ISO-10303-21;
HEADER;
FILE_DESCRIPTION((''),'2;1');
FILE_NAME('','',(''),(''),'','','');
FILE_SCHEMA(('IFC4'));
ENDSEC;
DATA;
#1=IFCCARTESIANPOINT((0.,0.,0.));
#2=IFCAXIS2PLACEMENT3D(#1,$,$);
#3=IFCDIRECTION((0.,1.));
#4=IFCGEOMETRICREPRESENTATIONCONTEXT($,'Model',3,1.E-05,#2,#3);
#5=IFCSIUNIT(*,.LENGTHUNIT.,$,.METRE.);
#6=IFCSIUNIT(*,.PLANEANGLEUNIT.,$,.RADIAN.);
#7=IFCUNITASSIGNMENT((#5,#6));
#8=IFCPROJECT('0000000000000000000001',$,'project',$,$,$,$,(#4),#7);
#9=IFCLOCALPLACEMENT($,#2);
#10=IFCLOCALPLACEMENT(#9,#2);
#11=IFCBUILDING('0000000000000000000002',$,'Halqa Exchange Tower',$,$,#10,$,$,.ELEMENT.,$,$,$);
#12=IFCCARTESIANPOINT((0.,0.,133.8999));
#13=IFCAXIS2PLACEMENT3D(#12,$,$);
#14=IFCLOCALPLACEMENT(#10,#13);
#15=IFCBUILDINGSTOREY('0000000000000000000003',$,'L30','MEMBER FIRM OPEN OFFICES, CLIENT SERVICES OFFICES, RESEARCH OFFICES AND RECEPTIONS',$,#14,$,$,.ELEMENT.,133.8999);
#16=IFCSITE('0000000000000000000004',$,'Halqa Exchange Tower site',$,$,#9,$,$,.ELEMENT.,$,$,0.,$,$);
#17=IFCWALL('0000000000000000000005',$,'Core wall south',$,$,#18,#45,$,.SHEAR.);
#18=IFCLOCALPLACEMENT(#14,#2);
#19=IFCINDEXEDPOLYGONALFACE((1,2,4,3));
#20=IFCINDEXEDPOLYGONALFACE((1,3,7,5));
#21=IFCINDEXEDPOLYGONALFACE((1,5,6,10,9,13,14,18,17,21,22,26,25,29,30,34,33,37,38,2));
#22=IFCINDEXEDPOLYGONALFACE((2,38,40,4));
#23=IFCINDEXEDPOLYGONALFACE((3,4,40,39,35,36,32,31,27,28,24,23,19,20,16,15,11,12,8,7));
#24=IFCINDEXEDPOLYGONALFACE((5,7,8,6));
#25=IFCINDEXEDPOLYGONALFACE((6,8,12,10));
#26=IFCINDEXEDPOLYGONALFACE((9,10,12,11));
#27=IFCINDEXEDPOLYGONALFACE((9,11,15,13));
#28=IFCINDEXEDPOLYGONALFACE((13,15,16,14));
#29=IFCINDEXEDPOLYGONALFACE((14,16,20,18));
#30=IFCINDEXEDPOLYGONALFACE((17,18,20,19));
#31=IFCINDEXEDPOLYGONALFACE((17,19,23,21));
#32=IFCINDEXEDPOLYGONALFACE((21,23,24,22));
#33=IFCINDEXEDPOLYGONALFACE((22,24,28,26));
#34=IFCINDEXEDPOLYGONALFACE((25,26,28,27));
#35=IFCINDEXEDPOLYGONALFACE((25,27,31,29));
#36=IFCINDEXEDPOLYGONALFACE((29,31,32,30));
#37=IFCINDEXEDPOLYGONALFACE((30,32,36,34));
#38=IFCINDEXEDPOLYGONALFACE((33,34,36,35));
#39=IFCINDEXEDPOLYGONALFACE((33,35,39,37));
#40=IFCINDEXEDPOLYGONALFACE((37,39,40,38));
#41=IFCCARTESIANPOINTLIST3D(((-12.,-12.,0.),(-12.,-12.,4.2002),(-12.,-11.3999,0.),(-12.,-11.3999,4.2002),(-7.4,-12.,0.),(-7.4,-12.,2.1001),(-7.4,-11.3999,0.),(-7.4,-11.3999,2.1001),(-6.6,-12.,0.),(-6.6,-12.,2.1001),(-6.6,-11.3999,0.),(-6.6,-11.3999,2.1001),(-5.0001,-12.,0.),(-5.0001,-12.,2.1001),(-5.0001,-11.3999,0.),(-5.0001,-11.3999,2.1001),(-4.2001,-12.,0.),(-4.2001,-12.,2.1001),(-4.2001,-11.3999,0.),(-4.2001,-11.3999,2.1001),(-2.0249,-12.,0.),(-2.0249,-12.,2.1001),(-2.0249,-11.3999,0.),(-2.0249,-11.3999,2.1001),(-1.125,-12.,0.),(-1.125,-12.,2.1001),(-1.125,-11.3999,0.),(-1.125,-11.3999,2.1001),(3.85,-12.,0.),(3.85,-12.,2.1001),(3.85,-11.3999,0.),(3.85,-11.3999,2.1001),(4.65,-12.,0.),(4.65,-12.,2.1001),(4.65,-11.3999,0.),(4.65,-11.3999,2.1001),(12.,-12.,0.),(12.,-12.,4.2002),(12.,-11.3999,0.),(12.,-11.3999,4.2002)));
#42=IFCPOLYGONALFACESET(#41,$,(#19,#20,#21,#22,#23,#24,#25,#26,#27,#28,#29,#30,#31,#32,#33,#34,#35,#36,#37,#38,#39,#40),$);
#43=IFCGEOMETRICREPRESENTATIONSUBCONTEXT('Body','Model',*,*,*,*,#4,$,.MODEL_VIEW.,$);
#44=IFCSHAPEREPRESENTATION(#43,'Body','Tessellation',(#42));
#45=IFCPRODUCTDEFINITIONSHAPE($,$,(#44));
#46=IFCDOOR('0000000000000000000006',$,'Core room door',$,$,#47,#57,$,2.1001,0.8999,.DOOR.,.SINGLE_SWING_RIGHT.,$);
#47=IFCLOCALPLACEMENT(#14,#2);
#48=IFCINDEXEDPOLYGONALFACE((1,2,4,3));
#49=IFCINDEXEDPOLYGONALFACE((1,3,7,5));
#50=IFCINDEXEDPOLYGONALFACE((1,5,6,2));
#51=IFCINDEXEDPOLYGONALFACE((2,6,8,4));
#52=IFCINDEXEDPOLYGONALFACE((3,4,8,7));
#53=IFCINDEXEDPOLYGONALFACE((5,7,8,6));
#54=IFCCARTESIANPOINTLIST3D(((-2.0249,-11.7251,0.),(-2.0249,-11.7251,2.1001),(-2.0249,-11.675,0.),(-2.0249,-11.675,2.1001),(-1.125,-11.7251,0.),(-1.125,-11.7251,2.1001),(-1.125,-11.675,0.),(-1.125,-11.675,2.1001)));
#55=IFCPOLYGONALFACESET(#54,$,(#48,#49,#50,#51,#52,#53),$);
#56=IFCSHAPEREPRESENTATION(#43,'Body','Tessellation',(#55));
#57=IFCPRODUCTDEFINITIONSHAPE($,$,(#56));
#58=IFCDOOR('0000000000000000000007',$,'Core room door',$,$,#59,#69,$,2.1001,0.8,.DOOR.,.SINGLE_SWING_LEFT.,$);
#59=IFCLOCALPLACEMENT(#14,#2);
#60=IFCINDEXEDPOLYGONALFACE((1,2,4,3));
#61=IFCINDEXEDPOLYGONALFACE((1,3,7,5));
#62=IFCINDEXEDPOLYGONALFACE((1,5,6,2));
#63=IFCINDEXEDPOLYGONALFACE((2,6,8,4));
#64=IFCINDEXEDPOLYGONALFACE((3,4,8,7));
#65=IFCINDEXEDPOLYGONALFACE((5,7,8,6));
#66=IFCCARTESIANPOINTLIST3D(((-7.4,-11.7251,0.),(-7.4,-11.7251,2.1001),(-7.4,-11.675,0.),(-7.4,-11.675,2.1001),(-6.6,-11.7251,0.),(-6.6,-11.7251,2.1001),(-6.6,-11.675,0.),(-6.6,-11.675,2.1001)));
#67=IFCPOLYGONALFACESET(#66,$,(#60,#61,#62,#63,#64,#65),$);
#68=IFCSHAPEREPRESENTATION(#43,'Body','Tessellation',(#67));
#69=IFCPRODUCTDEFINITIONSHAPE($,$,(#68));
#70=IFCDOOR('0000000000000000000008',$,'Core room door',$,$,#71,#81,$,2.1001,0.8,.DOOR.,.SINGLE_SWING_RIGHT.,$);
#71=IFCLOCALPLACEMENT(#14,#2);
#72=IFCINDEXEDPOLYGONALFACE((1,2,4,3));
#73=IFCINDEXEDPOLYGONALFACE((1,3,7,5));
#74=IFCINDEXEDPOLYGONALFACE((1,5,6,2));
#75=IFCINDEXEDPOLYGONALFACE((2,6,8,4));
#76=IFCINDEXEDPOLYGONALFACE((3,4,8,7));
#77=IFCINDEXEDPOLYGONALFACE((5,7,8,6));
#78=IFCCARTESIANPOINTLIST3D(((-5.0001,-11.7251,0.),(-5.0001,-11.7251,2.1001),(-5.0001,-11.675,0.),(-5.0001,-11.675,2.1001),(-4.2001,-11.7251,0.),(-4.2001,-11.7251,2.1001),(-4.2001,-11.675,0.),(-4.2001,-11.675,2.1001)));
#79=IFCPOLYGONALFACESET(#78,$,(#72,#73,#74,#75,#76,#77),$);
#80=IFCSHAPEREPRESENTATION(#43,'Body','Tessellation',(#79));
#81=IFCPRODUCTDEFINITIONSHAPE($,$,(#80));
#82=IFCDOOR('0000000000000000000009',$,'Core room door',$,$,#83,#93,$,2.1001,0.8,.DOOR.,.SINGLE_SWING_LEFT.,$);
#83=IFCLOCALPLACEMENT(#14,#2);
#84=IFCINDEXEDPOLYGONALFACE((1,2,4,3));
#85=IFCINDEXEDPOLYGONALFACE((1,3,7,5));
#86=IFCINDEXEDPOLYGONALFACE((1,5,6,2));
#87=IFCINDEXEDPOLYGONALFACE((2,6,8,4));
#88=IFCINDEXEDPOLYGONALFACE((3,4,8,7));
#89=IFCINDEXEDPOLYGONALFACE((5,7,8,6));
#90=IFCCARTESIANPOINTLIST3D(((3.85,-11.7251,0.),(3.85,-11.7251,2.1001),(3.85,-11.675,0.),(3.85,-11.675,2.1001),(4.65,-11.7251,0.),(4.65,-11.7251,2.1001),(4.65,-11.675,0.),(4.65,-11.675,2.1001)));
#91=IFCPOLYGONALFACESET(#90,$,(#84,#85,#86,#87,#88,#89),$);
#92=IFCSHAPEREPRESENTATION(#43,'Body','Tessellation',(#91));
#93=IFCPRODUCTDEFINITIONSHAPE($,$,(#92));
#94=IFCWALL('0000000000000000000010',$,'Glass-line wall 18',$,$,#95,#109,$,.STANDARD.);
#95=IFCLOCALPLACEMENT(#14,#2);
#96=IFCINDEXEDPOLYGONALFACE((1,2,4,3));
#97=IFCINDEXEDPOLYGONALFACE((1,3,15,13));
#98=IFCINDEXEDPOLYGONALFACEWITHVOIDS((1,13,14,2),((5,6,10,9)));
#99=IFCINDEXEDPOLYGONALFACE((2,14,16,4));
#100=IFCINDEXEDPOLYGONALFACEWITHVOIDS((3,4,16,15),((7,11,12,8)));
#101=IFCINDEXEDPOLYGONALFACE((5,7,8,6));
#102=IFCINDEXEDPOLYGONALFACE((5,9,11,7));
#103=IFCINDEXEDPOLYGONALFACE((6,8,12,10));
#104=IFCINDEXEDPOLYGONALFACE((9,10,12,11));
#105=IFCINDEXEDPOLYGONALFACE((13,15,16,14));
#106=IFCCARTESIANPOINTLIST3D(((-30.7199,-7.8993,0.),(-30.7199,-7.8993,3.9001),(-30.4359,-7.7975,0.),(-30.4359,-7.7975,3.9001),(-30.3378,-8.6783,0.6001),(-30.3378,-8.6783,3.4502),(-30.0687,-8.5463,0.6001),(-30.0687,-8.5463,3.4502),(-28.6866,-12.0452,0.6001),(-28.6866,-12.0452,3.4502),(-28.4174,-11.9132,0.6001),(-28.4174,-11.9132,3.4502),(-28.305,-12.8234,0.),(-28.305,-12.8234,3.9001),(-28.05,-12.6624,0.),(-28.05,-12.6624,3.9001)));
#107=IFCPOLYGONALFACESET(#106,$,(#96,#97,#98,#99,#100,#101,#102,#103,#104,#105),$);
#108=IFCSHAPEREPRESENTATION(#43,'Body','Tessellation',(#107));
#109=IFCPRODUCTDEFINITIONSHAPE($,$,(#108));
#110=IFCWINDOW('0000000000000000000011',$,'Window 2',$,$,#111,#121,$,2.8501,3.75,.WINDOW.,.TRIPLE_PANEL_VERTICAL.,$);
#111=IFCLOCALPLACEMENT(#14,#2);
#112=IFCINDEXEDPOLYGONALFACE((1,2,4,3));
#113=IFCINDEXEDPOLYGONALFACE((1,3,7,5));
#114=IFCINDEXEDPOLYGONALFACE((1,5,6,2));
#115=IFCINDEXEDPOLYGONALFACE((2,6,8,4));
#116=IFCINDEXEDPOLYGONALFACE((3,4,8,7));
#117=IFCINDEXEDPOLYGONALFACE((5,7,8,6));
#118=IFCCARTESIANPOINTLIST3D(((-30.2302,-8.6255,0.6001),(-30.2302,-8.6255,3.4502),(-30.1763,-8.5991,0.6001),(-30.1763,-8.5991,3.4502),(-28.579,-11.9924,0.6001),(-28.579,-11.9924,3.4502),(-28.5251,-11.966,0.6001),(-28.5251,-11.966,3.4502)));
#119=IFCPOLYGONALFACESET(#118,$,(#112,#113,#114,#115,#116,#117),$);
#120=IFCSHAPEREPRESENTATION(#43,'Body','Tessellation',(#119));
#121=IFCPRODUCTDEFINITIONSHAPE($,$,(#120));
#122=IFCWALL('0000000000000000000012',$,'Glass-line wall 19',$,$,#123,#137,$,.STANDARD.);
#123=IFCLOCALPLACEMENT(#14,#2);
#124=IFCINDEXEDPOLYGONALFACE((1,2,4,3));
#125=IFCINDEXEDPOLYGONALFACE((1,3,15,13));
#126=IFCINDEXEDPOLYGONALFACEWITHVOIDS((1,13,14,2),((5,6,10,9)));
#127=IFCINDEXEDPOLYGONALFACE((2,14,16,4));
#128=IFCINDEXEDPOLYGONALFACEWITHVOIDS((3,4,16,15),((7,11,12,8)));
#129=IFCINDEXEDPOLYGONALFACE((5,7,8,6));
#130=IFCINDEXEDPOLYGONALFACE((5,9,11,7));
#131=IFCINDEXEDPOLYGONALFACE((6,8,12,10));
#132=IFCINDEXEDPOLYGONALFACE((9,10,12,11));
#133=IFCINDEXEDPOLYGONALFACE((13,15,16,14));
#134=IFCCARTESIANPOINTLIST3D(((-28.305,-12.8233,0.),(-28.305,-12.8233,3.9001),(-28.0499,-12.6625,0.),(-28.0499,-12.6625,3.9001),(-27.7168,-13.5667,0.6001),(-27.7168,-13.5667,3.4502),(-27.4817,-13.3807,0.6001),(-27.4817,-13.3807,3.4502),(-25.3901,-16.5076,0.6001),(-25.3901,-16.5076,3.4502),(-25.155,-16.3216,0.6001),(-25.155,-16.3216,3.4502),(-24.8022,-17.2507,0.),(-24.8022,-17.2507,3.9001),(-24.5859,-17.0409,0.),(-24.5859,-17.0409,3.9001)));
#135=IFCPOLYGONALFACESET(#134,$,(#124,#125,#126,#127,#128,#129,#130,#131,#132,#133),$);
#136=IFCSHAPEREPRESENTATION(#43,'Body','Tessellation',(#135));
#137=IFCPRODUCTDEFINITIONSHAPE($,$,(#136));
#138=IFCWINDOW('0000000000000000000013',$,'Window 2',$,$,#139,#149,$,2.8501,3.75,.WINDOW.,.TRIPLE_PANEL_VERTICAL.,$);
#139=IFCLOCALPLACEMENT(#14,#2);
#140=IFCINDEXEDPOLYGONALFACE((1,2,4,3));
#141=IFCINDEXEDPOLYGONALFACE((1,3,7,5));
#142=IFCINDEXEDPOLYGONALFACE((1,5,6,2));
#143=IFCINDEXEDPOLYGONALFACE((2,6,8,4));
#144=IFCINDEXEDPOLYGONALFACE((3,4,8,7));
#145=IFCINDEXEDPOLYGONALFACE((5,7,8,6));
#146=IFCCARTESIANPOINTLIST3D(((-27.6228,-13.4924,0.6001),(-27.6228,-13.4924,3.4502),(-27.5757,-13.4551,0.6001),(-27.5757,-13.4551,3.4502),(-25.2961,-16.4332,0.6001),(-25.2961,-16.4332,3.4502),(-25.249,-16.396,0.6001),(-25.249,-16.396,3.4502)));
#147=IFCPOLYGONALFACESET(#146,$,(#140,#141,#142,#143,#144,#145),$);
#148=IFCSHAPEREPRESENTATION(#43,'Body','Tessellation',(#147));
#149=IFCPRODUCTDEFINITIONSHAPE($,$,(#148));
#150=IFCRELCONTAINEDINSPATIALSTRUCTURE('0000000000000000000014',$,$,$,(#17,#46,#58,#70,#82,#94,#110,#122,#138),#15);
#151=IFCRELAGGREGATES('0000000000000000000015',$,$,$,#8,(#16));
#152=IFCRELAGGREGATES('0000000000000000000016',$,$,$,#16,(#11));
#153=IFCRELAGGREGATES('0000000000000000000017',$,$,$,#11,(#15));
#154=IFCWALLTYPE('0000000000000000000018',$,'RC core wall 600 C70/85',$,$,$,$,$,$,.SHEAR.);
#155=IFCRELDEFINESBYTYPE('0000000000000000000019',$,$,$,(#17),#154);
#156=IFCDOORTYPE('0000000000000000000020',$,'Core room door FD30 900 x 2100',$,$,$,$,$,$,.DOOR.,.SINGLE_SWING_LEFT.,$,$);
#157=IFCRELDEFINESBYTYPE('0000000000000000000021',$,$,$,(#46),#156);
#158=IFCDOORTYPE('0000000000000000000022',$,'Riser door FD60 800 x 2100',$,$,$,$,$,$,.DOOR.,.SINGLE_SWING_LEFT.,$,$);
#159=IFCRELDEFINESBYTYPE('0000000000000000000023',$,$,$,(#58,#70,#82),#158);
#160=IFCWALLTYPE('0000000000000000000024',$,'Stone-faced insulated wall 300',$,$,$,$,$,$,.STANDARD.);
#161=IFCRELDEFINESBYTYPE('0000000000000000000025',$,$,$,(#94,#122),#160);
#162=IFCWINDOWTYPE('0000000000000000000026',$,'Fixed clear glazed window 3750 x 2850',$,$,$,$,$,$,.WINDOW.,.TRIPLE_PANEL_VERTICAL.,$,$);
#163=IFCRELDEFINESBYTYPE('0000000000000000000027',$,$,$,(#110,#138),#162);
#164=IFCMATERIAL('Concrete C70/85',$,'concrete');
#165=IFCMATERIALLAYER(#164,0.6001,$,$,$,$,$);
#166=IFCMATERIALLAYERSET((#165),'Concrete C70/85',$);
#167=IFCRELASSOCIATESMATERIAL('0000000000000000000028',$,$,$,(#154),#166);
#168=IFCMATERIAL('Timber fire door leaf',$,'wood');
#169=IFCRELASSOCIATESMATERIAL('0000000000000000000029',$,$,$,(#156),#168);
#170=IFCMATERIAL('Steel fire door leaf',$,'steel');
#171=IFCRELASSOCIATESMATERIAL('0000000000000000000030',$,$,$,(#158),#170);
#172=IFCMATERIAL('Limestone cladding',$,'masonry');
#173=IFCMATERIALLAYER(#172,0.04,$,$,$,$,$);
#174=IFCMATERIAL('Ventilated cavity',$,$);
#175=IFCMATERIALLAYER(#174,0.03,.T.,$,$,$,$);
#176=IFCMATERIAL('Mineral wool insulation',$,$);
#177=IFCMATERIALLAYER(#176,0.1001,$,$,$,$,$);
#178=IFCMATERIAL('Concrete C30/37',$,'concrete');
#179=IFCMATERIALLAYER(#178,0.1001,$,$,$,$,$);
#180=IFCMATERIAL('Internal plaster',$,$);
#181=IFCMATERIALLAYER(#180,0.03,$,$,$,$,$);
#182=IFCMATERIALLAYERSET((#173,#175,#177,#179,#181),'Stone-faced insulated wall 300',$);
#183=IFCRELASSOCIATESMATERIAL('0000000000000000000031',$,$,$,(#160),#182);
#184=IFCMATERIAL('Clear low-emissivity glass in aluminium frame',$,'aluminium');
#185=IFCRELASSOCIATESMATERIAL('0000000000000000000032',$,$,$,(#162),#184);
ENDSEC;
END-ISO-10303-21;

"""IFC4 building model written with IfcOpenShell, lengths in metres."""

from ifc_helpers import new_model, si_unit, direction, frame, frame_2d, origin, place, context, subcontext, project, spatial, polyline, rectangle, outline, extrude, material, layer, layer_set, type_object, element, fill, save


model = new_model("IFC4")

# Units and contexts
model_context = context("Model", 3, precision=1e-05, world=origin(), true_north=direction((0.0, 1.0)))
body_context = subcontext(model_context, "Body", "Model", "MODEL_VIEW")
ifc_project = project(units=[si_unit("LENGTHUNIT", "METRE"), si_unit("PLANEANGLEUNIT", "RADIAN")], contexts=[model_context])

# Site, building, storey
site_placement = place(None, origin())
site = spatial("IfcSite", under=ifc_project, at=site_placement, Name="Halqa Exchange Tower site", CompositionType="ELEMENT", RefElevation=0.0)
building_placement = place(site_placement, origin())
building = spatial("IfcBuilding", under=site, at=building_placement, Name="Halqa Exchange Tower", CompositionType="ELEMENT")
storey_placement = place(building_placement, frame((0.0, 0.0, 133.8999)))
storey = spatial("IfcBuildingStorey", under=building, at=storey_placement, Name="L30", Description="MEMBER FIRM OPEN OFFICES, CLIENT SERVICES OFFICES, RESEARCH OFFICES AND RECEPTIONS", CompositionType="ELEMENT", Elevation=133.8999)

# Shared definitions
ifc_material_1 = material(Name="Concrete C70/85", Category="concrete")

# Shared definitions
ifc_material_2 = material(Name="Steel fire door leaf", Category="steel")

# Wall, openings, doors
ifc_layer_1 = layer(ifc_material_1, 0.6001)
ifc_layer_set_1 = layer_set([ifc_layer_1], Name="Concrete C70/85")
wall_type_1 = type_object("IfcWallType", Name="RC core wall 600 C70/85", PredefinedType="SHEAR", material=ifc_layer_set_1)
wall_1_placement = place(storey_placement, frame((-12.0, -11.7, 0.0), z_axis=(0.0, 0.0, 1.0), x_axis=(1.0, 0.0, 0.0)))
wall_1 = element("IfcWall", 1, at=wall_1_placement, inside=storey, type_object=wall_type_1, Name="Core wall south", PredefinedType="SHEAR", context=body_context, shape_type="SweptSolid", body=[
    extrude(rectangle(XDim=24.0, YDim=0.6001, at=frame_2d((12.0, 0.0))), origin(), (0.0, 0.0, 1.0), 4.2002),
])
opening_1_placement = place(wall_1_placement, frame((9.9751, 0.0, 0.0)))
opening_1 = element("IfcOpeningElement", 2, at=opening_1_placement, cuts=wall_1, PredefinedType="OPENING", context=body_context, shape_type="SweptSolid", body=[
    extrude(rectangle(XDim=0.8999, YDim=2.1001, at=frame_2d((0.45, 1.05))), frame((0.0, 0.312, 0.0), z_axis=(0.0, -1.0, 0.0), x_axis=(1.0, 0.0, 0.0)), (0.0, 0.0, 1.0), 0.624),
])
opening_2_placement = place(wall_1_placement, frame((4.6001, 0.0, 0.0)))
opening_2 = element("IfcOpeningElement", 3, at=opening_2_placement, cuts=wall_1, PredefinedType="OPENING", context=body_context, shape_type="SweptSolid", body=[
    extrude(rectangle(XDim=0.8, YDim=2.1001, at=frame_2d((0.3999, 1.05))), frame((0.0, 0.312, 0.0), z_axis=(0.0, -1.0, 0.0), x_axis=(1.0, 0.0, 0.0)), (0.0, 0.0, 1.0), 0.624),
])
opening_3_placement = place(wall_1_placement, frame((7.0, 0.0, 0.0)))
opening_3 = element("IfcOpeningElement", 4, at=opening_3_placement, cuts=wall_1, PredefinedType="OPENING", context=body_context, shape_type="SweptSolid", body=[
    extrude(rectangle(XDim=0.8, YDim=2.1001, at=frame_2d((0.3999, 1.05))), frame((0.0, 0.312, 0.0), z_axis=(0.0, -1.0, 0.0), x_axis=(1.0, 0.0, 0.0)), (0.0, 0.0, 1.0), 0.624),
])
opening_4_placement = place(wall_1_placement, frame((15.8501, 0.0, 0.0)))
opening_4 = element("IfcOpeningElement", 5, at=opening_4_placement, cuts=wall_1, PredefinedType="OPENING", context=body_context, shape_type="SweptSolid", body=[
    extrude(rectangle(XDim=0.8, YDim=2.1001, at=frame_2d((0.3999, 1.05))), frame((0.0, 0.312, 0.0), z_axis=(0.0, -1.0, 0.0), x_axis=(1.0, 0.0, 0.0)), (0.0, 0.0, 1.0), 0.624),
])
ifc_material_3 = material(Name="Timber fire door leaf", Category="wood")
door_type_1 = type_object("IfcDoorType", Name="Core room door FD30 900 x 2100", OperationType="SINGLE_SWING_LEFT", PredefinedType="DOOR", material=ifc_material_3)
door_1_placement = place(opening_1_placement, origin())
door_1 = element("IfcDoor", 6, at=door_1_placement, inside=storey, type_object=door_type_1, Name="Core room door", OperationType="SINGLE_SWING_RIGHT", OverallHeight=2.1001, OverallWidth=0.8999, PredefinedType="DOOR", context=body_context, shape_type="SweptSolid", body=[
    extrude(rectangle(XDim=0.8999, YDim=2.1001, at=frame_2d((0.45, 1.05))), frame((0.0, 0.0249, 0.0), z_axis=(0.0, -1.0, 0.0), x_axis=(1.0, 0.0, 0.0)), (0.0, 0.0, 1.0), 0.05),
])
fill(opening_1, door_1)
door_type_2 = type_object("IfcDoorType", Name="Riser door FD60 800 x 2100", OperationType="SINGLE_SWING_LEFT", PredefinedType="DOOR", material=ifc_material_2)
door_2_placement = place(opening_2_placement, origin())
door_2 = element("IfcDoor", 7, at=door_2_placement, inside=storey, type_object=door_type_2, Name="Core room door", OperationType="SINGLE_SWING_LEFT", OverallHeight=2.1001, OverallWidth=0.8, PredefinedType="DOOR", context=body_context, shape_type="SweptSolid", body=[
    extrude(rectangle(XDim=0.8, YDim=2.1001, at=frame_2d((0.3999, 1.05))), frame((0.0, 0.0249, 0.0), z_axis=(0.0, -1.0, 0.0), x_axis=(1.0, 0.0, 0.0)), (0.0, 0.0, 1.0), 0.05),
])
fill(opening_2, door_2)
door_3_placement = place(opening_3_placement, origin())
door_3 = element("IfcDoor", 8, at=door_3_placement, inside=storey, type_object=door_type_2, Name="Core room door", OperationType="SINGLE_SWING_RIGHT", OverallHeight=2.1001, OverallWidth=0.8, PredefinedType="DOOR", context=body_context, shape_type="SweptSolid", body=[
    extrude(rectangle(XDim=0.8, YDim=2.1001, at=frame_2d((0.3999, 1.05))), frame((0.0, 0.0249, 0.0), z_axis=(0.0, -1.0, 0.0), x_axis=(1.0, 0.0, 0.0)), (0.0, 0.0, 1.0), 0.05),
])
fill(opening_3, door_3)
door_4_placement = place(opening_4_placement, origin())
door_4 = element("IfcDoor", 9, at=door_4_placement, inside=storey, type_object=door_type_2, Name="Core room door", OperationType="SINGLE_SWING_LEFT", OverallHeight=2.1001, OverallWidth=0.8, PredefinedType="DOOR", context=body_context, shape_type="SweptSolid", body=[
    extrude(rectangle(XDim=0.8, YDim=2.1001, at=frame_2d((0.3999, 1.05))), frame((0.0, 0.0249, 0.0), z_axis=(0.0, -1.0, 0.0), x_axis=(1.0, 0.0, 0.0)), (0.0, 0.0, 1.0), 0.05),
])
fill(opening_4, door_4)

# Walls, openings, windows
ifc_material_4 = material(Name="Limestone cladding", Category="masonry")
ifc_layer_2 = layer(ifc_material_4, 0.04)
ifc_material_5 = material(Name="Ventilated cavity")
ifc_layer_3 = layer(ifc_material_5, 0.03, ventilated=True)
ifc_material_6 = material(Name="Mineral wool insulation")
ifc_layer_4 = layer(ifc_material_6, 0.1001)
ifc_material_7 = material(Name="Concrete C30/37", Category="concrete")
ifc_layer_5 = layer(ifc_material_7, 0.1001)
ifc_material_8 = material(Name="Internal plaster")
ifc_layer_6 = layer(ifc_material_8, 0.03)
ifc_layer_set_2 = layer_set([ifc_layer_2, ifc_layer_3, ifc_layer_4, ifc_layer_5, ifc_layer_6], Name="Stone-faced insulated wall 300")
wall_type_2 = type_object("IfcWallType", Name="Stone-faced insulated wall 300", PredefinedType="STANDARD", material=ifc_layer_set_2)
wall_2_placement = place(storey_placement, frame((-30.5779, -7.8484, 0.0), z_axis=(0.0, 0.0, 1.0), x_axis=(0.440321, -0.89784, 0.0)))
wall_2 = element("IfcWall", 10, at=wall_2_placement, inside=storey, type_object=wall_type_2, Name="Glass-line wall 18", PredefinedType="STANDARD", context=body_context, shape_type="SweptSolid", body=[
    extrude(outline(polyline([(-0.0168, -0.1499), (5.4675, -0.1499), (5.4353, 0.1499), (0.0168, 0.1499), (-0.0168, -0.1499)])), origin(), (0.0, 0.0, 1.0), 3.9001),
])
opening_5_placement = place(wall_2_placement, frame((0.8508, 0.0, 0.6001)))
opening_5 = element("IfcOpeningElement", 11, at=opening_5_placement, cuts=wall_2, PredefinedType="OPENING", context=body_context, shape_type="SweptSolid", body=[
    extrude(rectangle(XDim=3.75, YDim=2.8501, at=frame_2d((1.875, 1.425))), frame((0.0, 0.1621, 0.0), z_axis=(0.0, -1.0, 0.0), x_axis=(1.0, 0.0, 0.0)), (0.0, 0.0, 1.0), 0.324),
])
ifc_material_9 = material(Name="Clear low-emissivity glass in aluminium frame", Category="aluminium")
window_type = type_object("IfcWindowType", Name="Fixed clear glazed window 3750 x 2850", PartitioningType="TRIPLE_PANEL_VERTICAL", PredefinedType="WINDOW", material=ifc_material_9)
window_1_placement = place(opening_5_placement, origin())
window_1 = element("IfcWindow", 12, at=window_1_placement, inside=storey, type_object=window_type, Name="Window 2", OverallHeight=2.8501, OverallWidth=3.75, PartitioningType="TRIPLE_PANEL_VERTICAL", PredefinedType="WINDOW", context=body_context, shape_type="SweptSolid", body=[
    extrude(rectangle(XDim=3.75, YDim=2.8501, at=frame_2d((1.875, 1.425))), frame((0.0, 0.03, 0.0), z_axis=(0.0, -1.0, 0.0), x_axis=(1.0, 0.0, 0.0)), (0.0, 0.0, 1.0), 0.0601),
])
fill(opening_5, window_1)
wall_3_placement = place(storey_placement, frame((-28.1775, -12.7429, 0.0), z_axis=(0.0, 0.0, 1.0), x_axis=(0.620465, -0.784234, 0.0)))
wall_3 = element("IfcWall", 13, at=wall_3_placement, inside=storey, type_object=wall_type_2, Name="Glass-line wall 19", PredefinedType="STANDARD", context=body_context, shape_type="SweptSolid", body=[
    extrude(outline(polyline([(-0.0161, -0.1499), (5.6294, -0.1499), (5.5991, 0.1499), (0.0161, 0.1499), (-0.0161, -0.1499)])), origin(), (0.0, 0.0, 1.0), 3.9001),
])
opening_6_placement = place(wall_3_placement, frame((0.9319, 0.0, 0.6001)))
opening_6 = element("IfcOpeningElement", 14, at=opening_6_placement, cuts=wall_3, PredefinedType="OPENING", context=body_context, shape_type="SweptSolid", body=[
    extrude(rectangle(XDim=3.75, YDim=2.8501, at=frame_2d((1.875, 1.425))), frame((0.0, 0.1621, 0.0), z_axis=(0.0, -1.0, 0.0), x_axis=(1.0, 0.0, 0.0)), (0.0, 0.0, 1.0), 0.324),
])
window_2_placement = place(opening_6_placement, origin())
window_2 = element("IfcWindow", 15, at=window_2_placement, inside=storey, type_object=window_type, Name="Window 2", OverallHeight=2.8501, OverallWidth=3.75, PartitioningType="TRIPLE_PANEL_VERTICAL", PredefinedType="WINDOW", context=body_context, shape_type="SweptSolid", body=[
    extrude(rectangle(XDim=3.75, YDim=2.8501, at=frame_2d((1.875, 1.425))), frame((0.0, 0.03, 0.0), z_axis=(0.0, -1.0, 0.0), x_axis=(1.0, 0.0, 0.0)), (0.0, 0.0, 1.0), 0.0601),
])
fill(opening_6, window_2)

save(model, "model.ifc")
